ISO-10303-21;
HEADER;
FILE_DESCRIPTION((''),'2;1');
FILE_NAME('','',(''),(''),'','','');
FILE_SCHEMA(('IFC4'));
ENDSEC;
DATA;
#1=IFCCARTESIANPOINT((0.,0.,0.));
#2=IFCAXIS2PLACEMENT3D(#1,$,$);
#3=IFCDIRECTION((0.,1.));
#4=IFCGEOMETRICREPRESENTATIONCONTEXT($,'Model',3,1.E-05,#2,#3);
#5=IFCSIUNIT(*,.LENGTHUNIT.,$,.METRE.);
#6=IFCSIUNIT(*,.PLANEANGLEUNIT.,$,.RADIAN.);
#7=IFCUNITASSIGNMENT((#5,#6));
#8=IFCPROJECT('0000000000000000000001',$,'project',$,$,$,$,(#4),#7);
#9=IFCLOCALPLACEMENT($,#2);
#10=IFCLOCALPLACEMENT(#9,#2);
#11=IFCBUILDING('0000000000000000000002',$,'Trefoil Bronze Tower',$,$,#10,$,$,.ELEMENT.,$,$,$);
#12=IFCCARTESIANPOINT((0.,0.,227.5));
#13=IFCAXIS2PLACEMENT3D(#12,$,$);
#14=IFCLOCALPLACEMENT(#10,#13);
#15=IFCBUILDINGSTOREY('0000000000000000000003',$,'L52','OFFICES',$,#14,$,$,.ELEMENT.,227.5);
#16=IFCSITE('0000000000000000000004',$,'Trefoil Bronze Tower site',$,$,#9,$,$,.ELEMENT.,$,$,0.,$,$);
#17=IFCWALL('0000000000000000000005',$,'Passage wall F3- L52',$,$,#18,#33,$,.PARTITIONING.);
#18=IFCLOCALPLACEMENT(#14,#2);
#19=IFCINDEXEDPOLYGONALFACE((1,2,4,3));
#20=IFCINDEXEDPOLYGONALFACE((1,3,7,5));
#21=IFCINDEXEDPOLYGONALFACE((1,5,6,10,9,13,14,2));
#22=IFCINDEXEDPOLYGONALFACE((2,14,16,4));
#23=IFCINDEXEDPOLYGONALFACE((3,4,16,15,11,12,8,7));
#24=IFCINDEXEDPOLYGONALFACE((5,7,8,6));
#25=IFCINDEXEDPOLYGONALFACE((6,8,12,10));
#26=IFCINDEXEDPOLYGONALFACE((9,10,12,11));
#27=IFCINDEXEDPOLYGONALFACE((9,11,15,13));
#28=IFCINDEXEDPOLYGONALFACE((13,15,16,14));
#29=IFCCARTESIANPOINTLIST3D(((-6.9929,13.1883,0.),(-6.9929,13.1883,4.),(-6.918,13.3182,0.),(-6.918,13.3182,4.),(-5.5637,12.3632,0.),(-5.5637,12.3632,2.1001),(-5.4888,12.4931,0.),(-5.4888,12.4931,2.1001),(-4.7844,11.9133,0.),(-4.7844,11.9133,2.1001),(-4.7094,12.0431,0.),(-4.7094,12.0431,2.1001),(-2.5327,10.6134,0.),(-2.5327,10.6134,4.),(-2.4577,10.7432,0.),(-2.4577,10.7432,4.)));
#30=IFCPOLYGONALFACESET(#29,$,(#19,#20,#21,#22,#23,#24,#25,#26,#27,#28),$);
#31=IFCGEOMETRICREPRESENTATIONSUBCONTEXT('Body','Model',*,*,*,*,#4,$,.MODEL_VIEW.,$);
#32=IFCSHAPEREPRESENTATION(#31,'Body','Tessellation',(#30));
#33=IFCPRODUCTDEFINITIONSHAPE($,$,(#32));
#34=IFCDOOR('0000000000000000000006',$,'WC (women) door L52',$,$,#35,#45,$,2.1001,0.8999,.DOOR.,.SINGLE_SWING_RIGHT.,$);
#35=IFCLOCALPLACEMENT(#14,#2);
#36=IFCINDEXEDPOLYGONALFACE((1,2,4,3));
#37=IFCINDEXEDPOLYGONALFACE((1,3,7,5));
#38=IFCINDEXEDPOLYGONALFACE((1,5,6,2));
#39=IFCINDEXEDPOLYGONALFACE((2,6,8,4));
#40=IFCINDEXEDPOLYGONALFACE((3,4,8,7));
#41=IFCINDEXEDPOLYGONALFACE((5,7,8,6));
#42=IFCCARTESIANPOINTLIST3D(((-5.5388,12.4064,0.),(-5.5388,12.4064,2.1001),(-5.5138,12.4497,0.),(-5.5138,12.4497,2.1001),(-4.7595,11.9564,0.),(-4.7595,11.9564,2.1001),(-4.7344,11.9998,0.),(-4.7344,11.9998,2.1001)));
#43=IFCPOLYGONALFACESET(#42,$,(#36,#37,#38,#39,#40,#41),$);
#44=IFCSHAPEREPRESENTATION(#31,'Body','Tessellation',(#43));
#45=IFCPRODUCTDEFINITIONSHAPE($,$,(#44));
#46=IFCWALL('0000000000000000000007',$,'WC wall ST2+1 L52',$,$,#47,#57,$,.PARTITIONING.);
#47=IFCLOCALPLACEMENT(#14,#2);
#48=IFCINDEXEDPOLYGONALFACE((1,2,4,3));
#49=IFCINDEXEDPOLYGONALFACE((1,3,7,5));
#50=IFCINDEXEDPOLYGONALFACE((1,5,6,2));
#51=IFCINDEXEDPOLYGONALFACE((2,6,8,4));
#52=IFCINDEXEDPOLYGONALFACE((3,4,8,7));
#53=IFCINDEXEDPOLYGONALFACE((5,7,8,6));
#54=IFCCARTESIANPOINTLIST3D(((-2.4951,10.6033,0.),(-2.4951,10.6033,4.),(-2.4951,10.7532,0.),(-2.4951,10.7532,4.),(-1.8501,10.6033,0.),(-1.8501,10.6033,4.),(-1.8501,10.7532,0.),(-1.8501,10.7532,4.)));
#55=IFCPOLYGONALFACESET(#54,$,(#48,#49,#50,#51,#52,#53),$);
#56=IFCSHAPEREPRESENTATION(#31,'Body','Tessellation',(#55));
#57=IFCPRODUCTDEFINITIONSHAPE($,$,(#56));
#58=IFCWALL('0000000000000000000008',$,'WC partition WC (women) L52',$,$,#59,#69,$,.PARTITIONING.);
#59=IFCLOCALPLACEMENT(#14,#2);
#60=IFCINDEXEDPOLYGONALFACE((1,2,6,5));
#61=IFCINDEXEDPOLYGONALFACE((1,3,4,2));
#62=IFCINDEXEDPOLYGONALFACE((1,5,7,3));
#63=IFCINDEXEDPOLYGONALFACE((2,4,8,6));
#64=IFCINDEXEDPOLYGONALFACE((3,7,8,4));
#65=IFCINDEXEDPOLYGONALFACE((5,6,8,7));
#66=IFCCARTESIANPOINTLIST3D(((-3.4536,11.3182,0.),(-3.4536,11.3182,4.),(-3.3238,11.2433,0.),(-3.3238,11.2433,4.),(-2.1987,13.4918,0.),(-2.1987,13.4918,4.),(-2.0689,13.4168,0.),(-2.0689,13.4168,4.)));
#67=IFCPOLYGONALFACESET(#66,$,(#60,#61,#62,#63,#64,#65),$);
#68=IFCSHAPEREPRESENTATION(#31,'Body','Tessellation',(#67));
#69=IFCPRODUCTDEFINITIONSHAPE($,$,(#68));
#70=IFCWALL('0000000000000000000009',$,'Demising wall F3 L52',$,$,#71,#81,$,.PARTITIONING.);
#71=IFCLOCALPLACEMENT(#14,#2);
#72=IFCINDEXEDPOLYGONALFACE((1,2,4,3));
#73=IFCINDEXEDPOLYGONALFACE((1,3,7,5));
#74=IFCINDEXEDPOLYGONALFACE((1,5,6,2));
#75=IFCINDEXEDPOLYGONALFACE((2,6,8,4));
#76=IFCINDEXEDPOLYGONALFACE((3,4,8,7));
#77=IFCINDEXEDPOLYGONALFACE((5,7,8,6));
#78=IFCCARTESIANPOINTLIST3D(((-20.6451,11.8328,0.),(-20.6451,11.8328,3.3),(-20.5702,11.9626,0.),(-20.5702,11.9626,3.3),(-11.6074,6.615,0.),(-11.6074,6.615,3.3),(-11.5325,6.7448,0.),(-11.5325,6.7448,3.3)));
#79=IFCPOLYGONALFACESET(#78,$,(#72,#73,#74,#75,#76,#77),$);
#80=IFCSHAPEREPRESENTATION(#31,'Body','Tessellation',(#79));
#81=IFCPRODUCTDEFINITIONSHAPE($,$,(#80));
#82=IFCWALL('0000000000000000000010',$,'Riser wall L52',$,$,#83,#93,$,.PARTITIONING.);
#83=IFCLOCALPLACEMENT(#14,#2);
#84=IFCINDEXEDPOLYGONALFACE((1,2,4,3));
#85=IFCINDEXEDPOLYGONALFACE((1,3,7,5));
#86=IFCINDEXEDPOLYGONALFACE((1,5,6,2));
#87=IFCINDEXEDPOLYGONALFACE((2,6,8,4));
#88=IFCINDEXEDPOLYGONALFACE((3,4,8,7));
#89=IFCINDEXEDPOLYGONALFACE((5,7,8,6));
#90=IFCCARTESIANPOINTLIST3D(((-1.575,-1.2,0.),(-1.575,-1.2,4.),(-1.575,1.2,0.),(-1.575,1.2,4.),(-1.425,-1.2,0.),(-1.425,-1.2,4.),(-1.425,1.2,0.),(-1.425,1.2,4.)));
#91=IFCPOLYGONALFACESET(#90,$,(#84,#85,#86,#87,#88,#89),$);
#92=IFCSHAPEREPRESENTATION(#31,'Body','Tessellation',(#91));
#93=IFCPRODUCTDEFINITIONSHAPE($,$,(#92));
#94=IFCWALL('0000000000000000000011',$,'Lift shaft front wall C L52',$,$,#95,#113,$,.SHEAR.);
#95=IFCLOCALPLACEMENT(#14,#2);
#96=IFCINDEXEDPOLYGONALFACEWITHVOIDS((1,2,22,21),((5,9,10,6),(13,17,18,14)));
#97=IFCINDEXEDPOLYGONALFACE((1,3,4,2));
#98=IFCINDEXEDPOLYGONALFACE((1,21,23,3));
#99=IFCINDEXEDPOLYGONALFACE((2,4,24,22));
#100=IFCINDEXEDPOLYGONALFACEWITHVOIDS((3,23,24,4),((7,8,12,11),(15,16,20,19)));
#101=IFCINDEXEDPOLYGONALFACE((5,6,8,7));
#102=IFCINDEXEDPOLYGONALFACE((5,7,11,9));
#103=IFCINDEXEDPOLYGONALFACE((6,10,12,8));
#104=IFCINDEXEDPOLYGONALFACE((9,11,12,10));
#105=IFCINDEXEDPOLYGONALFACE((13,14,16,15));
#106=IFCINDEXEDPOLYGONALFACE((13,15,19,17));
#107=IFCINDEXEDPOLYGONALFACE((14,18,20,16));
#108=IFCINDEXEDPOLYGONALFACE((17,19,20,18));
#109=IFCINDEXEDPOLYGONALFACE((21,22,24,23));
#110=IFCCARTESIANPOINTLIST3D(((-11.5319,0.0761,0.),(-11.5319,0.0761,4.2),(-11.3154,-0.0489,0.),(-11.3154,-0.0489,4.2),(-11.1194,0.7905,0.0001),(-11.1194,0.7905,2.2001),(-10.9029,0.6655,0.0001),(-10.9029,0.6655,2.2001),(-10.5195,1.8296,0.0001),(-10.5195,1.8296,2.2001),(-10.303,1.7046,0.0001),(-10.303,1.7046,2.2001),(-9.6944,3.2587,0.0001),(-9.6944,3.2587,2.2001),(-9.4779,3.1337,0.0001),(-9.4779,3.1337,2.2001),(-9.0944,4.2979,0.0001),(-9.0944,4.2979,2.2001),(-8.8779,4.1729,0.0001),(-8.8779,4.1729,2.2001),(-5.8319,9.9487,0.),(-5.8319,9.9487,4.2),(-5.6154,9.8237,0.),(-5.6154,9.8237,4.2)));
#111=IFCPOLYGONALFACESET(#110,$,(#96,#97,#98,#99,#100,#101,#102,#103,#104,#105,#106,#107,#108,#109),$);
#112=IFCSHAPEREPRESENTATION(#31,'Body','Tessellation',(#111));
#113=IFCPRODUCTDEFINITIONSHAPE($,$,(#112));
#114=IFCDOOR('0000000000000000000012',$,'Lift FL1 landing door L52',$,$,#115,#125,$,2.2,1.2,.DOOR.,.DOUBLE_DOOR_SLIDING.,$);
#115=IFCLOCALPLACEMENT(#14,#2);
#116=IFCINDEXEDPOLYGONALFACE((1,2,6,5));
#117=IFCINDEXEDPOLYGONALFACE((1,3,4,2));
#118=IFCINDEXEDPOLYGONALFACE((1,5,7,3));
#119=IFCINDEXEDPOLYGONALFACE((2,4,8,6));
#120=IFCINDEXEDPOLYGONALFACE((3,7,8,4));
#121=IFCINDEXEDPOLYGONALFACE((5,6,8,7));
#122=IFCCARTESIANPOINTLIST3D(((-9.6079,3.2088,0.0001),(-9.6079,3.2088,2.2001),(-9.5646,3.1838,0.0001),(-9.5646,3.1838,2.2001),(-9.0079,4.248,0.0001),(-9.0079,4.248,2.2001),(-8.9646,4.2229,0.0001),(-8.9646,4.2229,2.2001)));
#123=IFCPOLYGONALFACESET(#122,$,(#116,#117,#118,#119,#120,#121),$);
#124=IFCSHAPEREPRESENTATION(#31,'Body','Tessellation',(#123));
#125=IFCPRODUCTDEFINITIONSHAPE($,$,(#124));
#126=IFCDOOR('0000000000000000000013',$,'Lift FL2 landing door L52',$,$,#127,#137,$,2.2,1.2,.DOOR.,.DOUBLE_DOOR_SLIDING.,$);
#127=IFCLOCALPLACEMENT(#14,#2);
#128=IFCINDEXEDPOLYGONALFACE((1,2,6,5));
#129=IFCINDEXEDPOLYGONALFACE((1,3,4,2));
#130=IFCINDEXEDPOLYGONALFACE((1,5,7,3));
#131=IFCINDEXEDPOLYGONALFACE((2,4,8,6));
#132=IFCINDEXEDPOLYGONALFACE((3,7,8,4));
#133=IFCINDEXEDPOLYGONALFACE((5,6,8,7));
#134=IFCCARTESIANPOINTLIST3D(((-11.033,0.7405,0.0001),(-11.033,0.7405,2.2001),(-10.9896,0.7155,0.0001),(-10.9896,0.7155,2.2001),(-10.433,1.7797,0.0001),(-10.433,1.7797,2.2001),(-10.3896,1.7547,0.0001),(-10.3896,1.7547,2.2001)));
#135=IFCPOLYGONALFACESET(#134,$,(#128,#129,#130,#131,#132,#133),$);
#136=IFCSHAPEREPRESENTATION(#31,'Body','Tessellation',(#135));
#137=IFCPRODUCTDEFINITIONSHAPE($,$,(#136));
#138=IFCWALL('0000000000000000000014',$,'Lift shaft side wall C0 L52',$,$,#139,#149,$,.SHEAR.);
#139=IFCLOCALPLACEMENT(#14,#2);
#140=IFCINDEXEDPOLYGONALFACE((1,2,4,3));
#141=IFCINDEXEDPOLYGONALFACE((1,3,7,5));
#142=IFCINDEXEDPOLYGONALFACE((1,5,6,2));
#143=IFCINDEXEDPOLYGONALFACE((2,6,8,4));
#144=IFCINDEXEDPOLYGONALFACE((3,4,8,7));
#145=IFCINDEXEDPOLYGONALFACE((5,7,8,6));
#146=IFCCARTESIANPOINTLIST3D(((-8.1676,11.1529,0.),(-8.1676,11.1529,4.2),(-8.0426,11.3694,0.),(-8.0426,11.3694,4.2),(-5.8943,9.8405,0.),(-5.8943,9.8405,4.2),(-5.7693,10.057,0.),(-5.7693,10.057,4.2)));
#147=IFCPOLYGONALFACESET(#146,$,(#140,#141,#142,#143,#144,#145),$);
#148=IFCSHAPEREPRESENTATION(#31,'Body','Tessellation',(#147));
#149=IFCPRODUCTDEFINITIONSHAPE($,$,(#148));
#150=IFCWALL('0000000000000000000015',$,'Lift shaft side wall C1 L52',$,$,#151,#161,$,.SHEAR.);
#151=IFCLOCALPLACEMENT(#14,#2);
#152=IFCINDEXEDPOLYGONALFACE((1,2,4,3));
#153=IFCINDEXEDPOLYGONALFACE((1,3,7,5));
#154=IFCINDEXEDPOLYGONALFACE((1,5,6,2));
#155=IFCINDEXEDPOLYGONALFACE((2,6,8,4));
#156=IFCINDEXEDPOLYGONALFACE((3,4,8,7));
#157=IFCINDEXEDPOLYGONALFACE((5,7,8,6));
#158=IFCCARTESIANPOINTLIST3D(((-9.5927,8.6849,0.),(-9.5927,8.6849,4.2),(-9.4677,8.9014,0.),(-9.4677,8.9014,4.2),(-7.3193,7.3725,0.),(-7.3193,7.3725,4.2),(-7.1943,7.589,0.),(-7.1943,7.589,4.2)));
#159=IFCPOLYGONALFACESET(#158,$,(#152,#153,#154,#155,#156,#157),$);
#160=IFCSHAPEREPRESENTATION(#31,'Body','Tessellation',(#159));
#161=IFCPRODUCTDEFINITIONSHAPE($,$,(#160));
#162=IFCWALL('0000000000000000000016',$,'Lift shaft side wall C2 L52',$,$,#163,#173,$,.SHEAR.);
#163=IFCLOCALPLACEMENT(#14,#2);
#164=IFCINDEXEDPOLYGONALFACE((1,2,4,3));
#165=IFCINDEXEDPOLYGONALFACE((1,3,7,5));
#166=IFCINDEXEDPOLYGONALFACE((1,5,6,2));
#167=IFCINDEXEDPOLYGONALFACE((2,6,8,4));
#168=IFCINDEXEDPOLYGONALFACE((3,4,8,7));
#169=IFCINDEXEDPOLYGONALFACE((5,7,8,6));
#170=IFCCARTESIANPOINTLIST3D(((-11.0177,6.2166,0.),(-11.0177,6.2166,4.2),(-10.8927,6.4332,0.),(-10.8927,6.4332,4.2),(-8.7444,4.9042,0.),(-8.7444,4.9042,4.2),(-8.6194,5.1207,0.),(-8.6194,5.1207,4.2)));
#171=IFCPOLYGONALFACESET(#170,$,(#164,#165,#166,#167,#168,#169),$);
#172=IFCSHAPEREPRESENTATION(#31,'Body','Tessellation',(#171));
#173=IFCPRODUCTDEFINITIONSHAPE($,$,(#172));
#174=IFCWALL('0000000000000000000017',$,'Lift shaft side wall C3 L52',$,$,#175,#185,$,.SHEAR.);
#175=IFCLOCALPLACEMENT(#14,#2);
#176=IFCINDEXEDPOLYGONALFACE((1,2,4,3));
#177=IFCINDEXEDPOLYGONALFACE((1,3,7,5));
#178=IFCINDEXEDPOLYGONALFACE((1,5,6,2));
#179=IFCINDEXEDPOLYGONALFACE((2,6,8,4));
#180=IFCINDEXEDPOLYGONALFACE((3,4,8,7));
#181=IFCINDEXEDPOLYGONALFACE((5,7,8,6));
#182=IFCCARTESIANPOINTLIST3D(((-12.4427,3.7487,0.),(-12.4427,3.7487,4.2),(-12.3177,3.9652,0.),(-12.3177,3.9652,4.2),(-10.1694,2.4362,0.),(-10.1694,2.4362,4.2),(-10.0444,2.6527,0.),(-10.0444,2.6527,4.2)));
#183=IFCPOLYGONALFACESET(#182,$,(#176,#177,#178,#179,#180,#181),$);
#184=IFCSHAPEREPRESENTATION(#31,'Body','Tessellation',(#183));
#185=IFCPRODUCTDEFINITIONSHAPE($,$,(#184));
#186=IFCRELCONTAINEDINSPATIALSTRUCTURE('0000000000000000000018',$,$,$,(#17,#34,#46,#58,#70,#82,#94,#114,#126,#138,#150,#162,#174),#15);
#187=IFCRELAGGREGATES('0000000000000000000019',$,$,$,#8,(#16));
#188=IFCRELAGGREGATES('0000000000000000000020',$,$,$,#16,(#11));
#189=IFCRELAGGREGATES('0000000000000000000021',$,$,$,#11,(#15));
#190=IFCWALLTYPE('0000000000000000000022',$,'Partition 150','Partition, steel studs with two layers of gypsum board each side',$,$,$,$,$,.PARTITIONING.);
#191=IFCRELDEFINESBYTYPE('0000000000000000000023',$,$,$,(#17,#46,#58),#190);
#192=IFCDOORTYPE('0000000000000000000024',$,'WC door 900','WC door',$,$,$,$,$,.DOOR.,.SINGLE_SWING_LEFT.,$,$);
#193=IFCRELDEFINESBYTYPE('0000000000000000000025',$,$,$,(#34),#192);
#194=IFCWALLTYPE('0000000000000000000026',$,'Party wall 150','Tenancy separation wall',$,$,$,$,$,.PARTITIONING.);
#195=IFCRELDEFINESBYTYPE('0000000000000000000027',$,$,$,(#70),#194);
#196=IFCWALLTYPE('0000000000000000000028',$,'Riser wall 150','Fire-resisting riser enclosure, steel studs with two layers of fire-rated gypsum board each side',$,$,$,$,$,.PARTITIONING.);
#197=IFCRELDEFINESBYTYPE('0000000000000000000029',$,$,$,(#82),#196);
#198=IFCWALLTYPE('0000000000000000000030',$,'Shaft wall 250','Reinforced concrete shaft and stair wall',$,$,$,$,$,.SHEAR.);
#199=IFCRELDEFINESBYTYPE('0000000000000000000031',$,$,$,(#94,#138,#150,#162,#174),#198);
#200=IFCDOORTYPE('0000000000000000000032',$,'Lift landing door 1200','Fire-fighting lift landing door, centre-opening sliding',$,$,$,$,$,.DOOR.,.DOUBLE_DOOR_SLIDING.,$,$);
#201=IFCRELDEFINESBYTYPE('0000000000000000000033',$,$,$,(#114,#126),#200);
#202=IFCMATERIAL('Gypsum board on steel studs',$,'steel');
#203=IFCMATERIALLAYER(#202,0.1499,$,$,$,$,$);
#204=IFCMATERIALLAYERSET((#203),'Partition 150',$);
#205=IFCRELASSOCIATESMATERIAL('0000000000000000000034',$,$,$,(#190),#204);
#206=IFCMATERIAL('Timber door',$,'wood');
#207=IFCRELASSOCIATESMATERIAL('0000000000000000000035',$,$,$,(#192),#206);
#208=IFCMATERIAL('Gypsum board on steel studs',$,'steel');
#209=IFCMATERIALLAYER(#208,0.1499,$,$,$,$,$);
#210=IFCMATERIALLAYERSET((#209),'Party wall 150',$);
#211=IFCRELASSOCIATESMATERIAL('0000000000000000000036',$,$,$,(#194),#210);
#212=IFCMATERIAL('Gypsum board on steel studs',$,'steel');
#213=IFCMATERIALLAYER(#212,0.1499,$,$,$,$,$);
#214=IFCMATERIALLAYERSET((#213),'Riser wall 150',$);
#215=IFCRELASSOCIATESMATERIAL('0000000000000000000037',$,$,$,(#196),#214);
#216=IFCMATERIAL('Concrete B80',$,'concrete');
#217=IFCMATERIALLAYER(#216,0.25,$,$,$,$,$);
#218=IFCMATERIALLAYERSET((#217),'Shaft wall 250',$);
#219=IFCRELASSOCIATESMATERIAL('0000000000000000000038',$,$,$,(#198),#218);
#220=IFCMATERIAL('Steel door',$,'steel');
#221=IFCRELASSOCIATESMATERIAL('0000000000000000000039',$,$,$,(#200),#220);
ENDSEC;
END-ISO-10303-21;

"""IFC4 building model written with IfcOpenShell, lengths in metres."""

from ifc_helpers import new_model, si_unit, direction, frame, frame_2d, origin, place, context, subcontext, project, spatial, rectangle, extrude, material, layer, layer_set, type_object, element, fill, save


model = new_model("IFC4")

# Units and contexts
model_context = context("Model", 3, precision=1e-05, world=origin(), true_north=direction((0.0, 1.0)))
body_context = subcontext(model_context, "Body", "Model", "MODEL_VIEW")
ifc_project = project(units=[si_unit("LENGTHUNIT", "METRE"), si_unit("PLANEANGLEUNIT", "RADIAN")], contexts=[model_context])

# Site, building, storey
site_placement = place(None, origin())
site = spatial("IfcSite", under=ifc_project, at=site_placement, Name="Trefoil Bronze Tower site", CompositionType="ELEMENT", RefElevation=0.0)
building_placement = place(site_placement, origin())
building = spatial("IfcBuilding", under=site, at=building_placement, Name="Trefoil Bronze Tower", CompositionType="ELEMENT")
storey_placement = place(building_placement, frame((0.0, 0.0, 227.5)))
storey = spatial("IfcBuildingStorey", under=building, at=storey_placement, Name="L52", Description="OFFICES", CompositionType="ELEMENT", Elevation=227.5)

# Wall, opening, door
ifc_material_1 = material(Name="Gypsum board on steel studs", Category="steel")
ifc_layer_1 = layer(ifc_material_1, 0.1499)
ifc_layer_set_1 = layer_set([ifc_layer_1], Name="Partition 150")
wall_type_1 = type_object("IfcWallType", Name="Partition 150", Description="Partition, steel studs with two layers of gypsum board each side", PredefinedType="PARTITIONING", material=ifc_layer_set_1)
wall_1_placement = place(storey_placement, frame((-2.4951, 10.6782, 0.0), z_axis=(0.0, 0.0, 1.0), x_axis=(-0.866038, 0.499978, 0.0)))
wall_1 = element("IfcWall", 1, at=wall_1_placement, inside=storey, type_object=wall_type_1, Name="Passage wall F3- L52", PredefinedType="PARTITIONING", context=body_context, shape_type="SweptSolid", body=[
    extrude(rectangle(XDim=5.1501, YDim=0.1499, at=frame_2d((2.5752, 0.0))), origin(), (0.0, 0.0, 1.0), 4.0),
])
opening_1_placement = place(wall_1_placement, frame((2.6001, 0.0, 0.0)))
opening_1 = element("IfcOpeningElement", 2, at=opening_1_placement, cuts=wall_1, PredefinedType="OPENING", context=body_context, shape_type="SweptSolid", body=[
    extrude(rectangle(XDim=0.8999, YDim=2.1001, at=frame_2d((0.45, 1.05))), frame((0.0, 0.085, 0.0), z_axis=(0.0, -1.0, 0.0), x_axis=(1.0, 0.0, 0.0)), (0.0, 0.0, 1.0), 0.1699),
])
ifc_material_2 = material(Name="Timber door", Category="wood")
door_type_1 = type_object("IfcDoorType", Name="WC door 900", Description="WC door", OperationType="SINGLE_SWING_LEFT", PredefinedType="DOOR", material=ifc_material_2)
door_1_placement = place(opening_1_placement, frame((0.8999, 0.0, 0.0), z_axis=(0.0, 0.0, 1.0), x_axis=(-1.0, 0.0, 0.0)))
door_1 = element("IfcDoor", 3, at=door_1_placement, inside=storey, type_object=door_type_1, Name="WC (women) door L52", OperationType="SINGLE_SWING_RIGHT", OverallHeight=2.1001, OverallWidth=0.8999, PredefinedType="DOOR", context=body_context, shape_type="SweptSolid", body=[
    extrude(rectangle(XDim=0.8999, YDim=2.1001, at=frame_2d((0.45, 1.05))), frame((0.0, 0.0249, 0.0), z_axis=(0.0, -1.0, 0.0), x_axis=(1.0, 0.0, 0.0)), (0.0, 0.0, 1.0), 0.05),
])
fill(opening_1, door_1)

# Walls
wall_2_placement = place(storey_placement, frame((-2.4951, 10.6782, 0.0), z_axis=(0.0, 0.0, 1.0), x_axis=(1.0, 0.0, 0.0)))
element("IfcWall", 4, at=wall_2_placement, inside=storey, type_object=wall_type_1, Name="WC wall ST2+1 L52", PredefinedType="PARTITIONING", context=body_context, shape_type="SweptSolid", body=[
    extrude(rectangle(XDim=0.645, YDim=0.1499, at=frame_2d((0.3225, 0.0))), origin(), (0.0, 0.0, 1.0), 4.0),
])
wall_3_placement = place(storey_placement, frame((-3.3887, 11.2808, 0.0), z_axis=(0.0, 0.0, 1.0), x_axis=(0.499989, 0.866032, 0.0)))
element("IfcWall", 5, at=wall_3_placement, inside=storey, type_object=wall_type_1, Name="WC partition WC (women) L52", PredefinedType="PARTITIONING", context=body_context, shape_type="SweptSolid", body=[
    extrude(rectangle(XDim=2.5098, YDim=0.1499, at=frame_2d((1.2549, 0.0))), origin(), (0.0, 0.0, 1.0), 4.0),
])
ifc_material_3 = material(Name="Gypsum board on steel studs", Category="steel")
ifc_layer_2 = layer(ifc_material_3, 0.1499)
ifc_layer_set_2 = layer_set([ifc_layer_2], Name="Party wall 150")
wall_type_2 = type_object("IfcWallType", Name="Party wall 150", Description="Tenancy separation wall", PredefinedType="PARTITIONING", material=ifc_layer_set_2)
wall_4_placement = place(storey_placement, frame((-11.5701, 6.6799, 0.0), z_axis=(0.0, 0.0, 1.0), x_axis=(-0.866029, 0.499994, 0.0)))
element("IfcWall", 6, at=wall_4_placement, inside=storey, type_object=wall_type_2, Name="Demising wall F3 L52", PredefinedType="PARTITIONING", context=body_context, shape_type="SweptSolid", body=[
    extrude(rectangle(XDim=10.4358, YDim=0.1499, at=frame_2d((5.2178, 0.0))), origin(), (0.0, 0.0, 1.0), 3.3),
])
ifc_material_4 = material(Name="Gypsum board on steel studs", Category="steel")
ifc_layer_3 = layer(ifc_material_4, 0.1499)
ifc_layer_set_3 = layer_set([ifc_layer_3], Name="Riser wall 150")
wall_type_3 = type_object("IfcWallType", Name="Riser wall 150", Description="Fire-resisting riser enclosure, steel studs with two layers of fire-rated gypsum board each side", PredefinedType="PARTITIONING", material=ifc_layer_set_3)
wall_5_placement = place(storey_placement, frame((-1.5, 1.2, 0.0), z_axis=(0.0, 0.0, 1.0), x_axis=(0.0, -1.0, 0.0)))
element("IfcWall", 7, at=wall_5_placement, inside=storey, type_object=wall_type_3, Name="Riser wall L52", PredefinedType="PARTITIONING", context=body_context, shape_type="SweptSolid", body=[
    extrude(rectangle(XDim=2.3999, YDim=0.1499, at=frame_2d((1.2, 0.0))), origin(), (0.0, 0.0, 1.0), 4.0),
])

# Wall, openings, doors
ifc_material_5 = material(Name="Concrete B80", Category="concrete")
ifc_layer_4 = layer(ifc_material_5, 0.25)
ifc_layer_set_4 = layer_set([ifc_layer_4], Name="Shaft wall 250")
wall_type_4 = type_object("IfcWallType", Name="Shaft wall 250", Description="Reinforced concrete shaft and stair wall", PredefinedType="SHEAR", material=ifc_layer_set_4)
wall_6_placement = place(storey_placement, frame((-5.7236, 9.8862, 0.0), z_axis=(0.0, 0.0, 1.0), x_axis=(-0.500002, -0.866024, 0.0)))
wall_6 = element("IfcWall", 8, at=wall_6_placement, inside=storey, type_object=wall_type_4, Name="Lift shaft front wall C L52", PredefinedType="SHEAR", context=body_context, shape_type="SweptSolid", body=[
    extrude(rectangle(XDim=11.3999, YDim=0.25, at=frame_2d((5.7, 0.0))), origin(), (0.0, 0.0, 1.0), 4.2),
])
opening_2_placement = place(wall_6_placement, frame((6.5249, 0.0, 0.0)))
opening_2 = element("IfcOpeningElement", 9, at=opening_2_placement, cuts=wall_6, PredefinedType="OPENING", context=body_context, shape_type="SweptSolid", body=[
    extrude(rectangle(XDim=1.2, YDim=2.2, at=frame_2d((0.6001, 1.1001))), frame((0.0, 0.135, 0.0), z_axis=(0.0, -1.0, 0.0), x_axis=(1.0, 0.0, 0.0)), (0.0, 0.0, 1.0), 0.27),
])
opening_3_placement = place(wall_6_placement, frame((9.375, 0.0, 0.0)))
opening_3 = element("IfcOpeningElement", 10, at=opening_3_placement, cuts=wall_6, PredefinedType="OPENING", context=body_context, shape_type="SweptSolid", body=[
    extrude(rectangle(XDim=1.2, YDim=2.2, at=frame_2d((0.6001, 1.1001))), frame((0.0, 0.135, 0.0), z_axis=(0.0, -1.0, 0.0), x_axis=(1.0, 0.0, 0.0)), (0.0, 0.0, 1.0), 0.27),
])
ifc_material_6 = material(Name="Steel door", Category="steel")
door_type_2 = type_object("IfcDoorType", Name="Lift landing door 1200", Description="Fire-fighting lift landing door, centre-opening sliding", OperationType="DOUBLE_DOOR_SLIDING", PredefinedType="DOOR", material=ifc_material_6)
door_2_placement = place(opening_2_placement, origin())
door_2 = element("IfcDoor", 11, at=door_2_placement, inside=storey, type_object=door_type_2, Name="Lift FL1 landing door L52", OperationType="DOUBLE_DOOR_SLIDING", OverallHeight=2.2, OverallWidth=1.2, PredefinedType="DOOR", context=body_context, shape_type="SweptSolid", body=[
    extrude(rectangle(XDim=1.2, YDim=2.2, at=frame_2d((0.6001, 1.1001))), frame((0.0, 0.0249, 0.0), z_axis=(0.0, -1.0, 0.0), x_axis=(1.0, 0.0, 0.0)), (0.0, 0.0, 1.0), 0.05),
])
fill(opening_2, door_2)
door_3_placement = place(opening_3_placement, origin())
door_3 = element("IfcDoor", 12, at=door_3_placement, inside=storey, type_object=door_type_2, Name="Lift FL2 landing door L52", OperationType="DOUBLE_DOOR_SLIDING", OverallHeight=2.2, OverallWidth=1.2, PredefinedType="DOOR", context=body_context, shape_type="SweptSolid", body=[
    extrude(rectangle(XDim=1.2, YDim=2.2, at=frame_2d((0.6001, 1.1001))), frame((0.0, 0.0249, 0.0), z_axis=(0.0, -1.0, 0.0), x_axis=(1.0, 0.0, 0.0)), (0.0, 0.0, 1.0), 0.05),
])
fill(opening_3, door_3)

# Walls
for number, where, z_axis, x_axis, name in (
    (13, (-5.8318, 9.9487, 0.0), (0.0, 0.0, 1.0), (-0.866037, 0.49998, 0.0), "Lift shaft side wall C0 L52"),
    (14, (-7.2568, 7.4807, 0.0), (0.0, 0.0, 1.0), (-0.866037, 0.49998, 0.0), "Lift shaft side wall C1 L52"),
    (15, (-8.6819, 5.0125, 0.0), (0.0, 0.0, 1.0), (-0.866037, 0.49998, 0.0), "Lift shaft side wall C2 L52"),
    (16, (-10.1069, 2.5444, 0.0), (0.0, 0.0, 1.0), (-0.866014, 0.50002, 0.0), "Lift shaft side wall C3 L52"),
):
    element("IfcWall", number, at=place(storey_placement, frame(where, z_axis=z_axis, x_axis=x_axis)), inside=storey, type_object=wall_type_4, Name=name, PredefinedType="SHEAR", context=body_context, shape_type="SweptSolid", body=[
        extrude(rectangle(XDim=2.625, YDim=0.25, at=frame_2d((1.3125, 0.0))), origin(), (0.0, 0.0, 1.0), 4.2),
    ])

save(model, "model.ifc")
